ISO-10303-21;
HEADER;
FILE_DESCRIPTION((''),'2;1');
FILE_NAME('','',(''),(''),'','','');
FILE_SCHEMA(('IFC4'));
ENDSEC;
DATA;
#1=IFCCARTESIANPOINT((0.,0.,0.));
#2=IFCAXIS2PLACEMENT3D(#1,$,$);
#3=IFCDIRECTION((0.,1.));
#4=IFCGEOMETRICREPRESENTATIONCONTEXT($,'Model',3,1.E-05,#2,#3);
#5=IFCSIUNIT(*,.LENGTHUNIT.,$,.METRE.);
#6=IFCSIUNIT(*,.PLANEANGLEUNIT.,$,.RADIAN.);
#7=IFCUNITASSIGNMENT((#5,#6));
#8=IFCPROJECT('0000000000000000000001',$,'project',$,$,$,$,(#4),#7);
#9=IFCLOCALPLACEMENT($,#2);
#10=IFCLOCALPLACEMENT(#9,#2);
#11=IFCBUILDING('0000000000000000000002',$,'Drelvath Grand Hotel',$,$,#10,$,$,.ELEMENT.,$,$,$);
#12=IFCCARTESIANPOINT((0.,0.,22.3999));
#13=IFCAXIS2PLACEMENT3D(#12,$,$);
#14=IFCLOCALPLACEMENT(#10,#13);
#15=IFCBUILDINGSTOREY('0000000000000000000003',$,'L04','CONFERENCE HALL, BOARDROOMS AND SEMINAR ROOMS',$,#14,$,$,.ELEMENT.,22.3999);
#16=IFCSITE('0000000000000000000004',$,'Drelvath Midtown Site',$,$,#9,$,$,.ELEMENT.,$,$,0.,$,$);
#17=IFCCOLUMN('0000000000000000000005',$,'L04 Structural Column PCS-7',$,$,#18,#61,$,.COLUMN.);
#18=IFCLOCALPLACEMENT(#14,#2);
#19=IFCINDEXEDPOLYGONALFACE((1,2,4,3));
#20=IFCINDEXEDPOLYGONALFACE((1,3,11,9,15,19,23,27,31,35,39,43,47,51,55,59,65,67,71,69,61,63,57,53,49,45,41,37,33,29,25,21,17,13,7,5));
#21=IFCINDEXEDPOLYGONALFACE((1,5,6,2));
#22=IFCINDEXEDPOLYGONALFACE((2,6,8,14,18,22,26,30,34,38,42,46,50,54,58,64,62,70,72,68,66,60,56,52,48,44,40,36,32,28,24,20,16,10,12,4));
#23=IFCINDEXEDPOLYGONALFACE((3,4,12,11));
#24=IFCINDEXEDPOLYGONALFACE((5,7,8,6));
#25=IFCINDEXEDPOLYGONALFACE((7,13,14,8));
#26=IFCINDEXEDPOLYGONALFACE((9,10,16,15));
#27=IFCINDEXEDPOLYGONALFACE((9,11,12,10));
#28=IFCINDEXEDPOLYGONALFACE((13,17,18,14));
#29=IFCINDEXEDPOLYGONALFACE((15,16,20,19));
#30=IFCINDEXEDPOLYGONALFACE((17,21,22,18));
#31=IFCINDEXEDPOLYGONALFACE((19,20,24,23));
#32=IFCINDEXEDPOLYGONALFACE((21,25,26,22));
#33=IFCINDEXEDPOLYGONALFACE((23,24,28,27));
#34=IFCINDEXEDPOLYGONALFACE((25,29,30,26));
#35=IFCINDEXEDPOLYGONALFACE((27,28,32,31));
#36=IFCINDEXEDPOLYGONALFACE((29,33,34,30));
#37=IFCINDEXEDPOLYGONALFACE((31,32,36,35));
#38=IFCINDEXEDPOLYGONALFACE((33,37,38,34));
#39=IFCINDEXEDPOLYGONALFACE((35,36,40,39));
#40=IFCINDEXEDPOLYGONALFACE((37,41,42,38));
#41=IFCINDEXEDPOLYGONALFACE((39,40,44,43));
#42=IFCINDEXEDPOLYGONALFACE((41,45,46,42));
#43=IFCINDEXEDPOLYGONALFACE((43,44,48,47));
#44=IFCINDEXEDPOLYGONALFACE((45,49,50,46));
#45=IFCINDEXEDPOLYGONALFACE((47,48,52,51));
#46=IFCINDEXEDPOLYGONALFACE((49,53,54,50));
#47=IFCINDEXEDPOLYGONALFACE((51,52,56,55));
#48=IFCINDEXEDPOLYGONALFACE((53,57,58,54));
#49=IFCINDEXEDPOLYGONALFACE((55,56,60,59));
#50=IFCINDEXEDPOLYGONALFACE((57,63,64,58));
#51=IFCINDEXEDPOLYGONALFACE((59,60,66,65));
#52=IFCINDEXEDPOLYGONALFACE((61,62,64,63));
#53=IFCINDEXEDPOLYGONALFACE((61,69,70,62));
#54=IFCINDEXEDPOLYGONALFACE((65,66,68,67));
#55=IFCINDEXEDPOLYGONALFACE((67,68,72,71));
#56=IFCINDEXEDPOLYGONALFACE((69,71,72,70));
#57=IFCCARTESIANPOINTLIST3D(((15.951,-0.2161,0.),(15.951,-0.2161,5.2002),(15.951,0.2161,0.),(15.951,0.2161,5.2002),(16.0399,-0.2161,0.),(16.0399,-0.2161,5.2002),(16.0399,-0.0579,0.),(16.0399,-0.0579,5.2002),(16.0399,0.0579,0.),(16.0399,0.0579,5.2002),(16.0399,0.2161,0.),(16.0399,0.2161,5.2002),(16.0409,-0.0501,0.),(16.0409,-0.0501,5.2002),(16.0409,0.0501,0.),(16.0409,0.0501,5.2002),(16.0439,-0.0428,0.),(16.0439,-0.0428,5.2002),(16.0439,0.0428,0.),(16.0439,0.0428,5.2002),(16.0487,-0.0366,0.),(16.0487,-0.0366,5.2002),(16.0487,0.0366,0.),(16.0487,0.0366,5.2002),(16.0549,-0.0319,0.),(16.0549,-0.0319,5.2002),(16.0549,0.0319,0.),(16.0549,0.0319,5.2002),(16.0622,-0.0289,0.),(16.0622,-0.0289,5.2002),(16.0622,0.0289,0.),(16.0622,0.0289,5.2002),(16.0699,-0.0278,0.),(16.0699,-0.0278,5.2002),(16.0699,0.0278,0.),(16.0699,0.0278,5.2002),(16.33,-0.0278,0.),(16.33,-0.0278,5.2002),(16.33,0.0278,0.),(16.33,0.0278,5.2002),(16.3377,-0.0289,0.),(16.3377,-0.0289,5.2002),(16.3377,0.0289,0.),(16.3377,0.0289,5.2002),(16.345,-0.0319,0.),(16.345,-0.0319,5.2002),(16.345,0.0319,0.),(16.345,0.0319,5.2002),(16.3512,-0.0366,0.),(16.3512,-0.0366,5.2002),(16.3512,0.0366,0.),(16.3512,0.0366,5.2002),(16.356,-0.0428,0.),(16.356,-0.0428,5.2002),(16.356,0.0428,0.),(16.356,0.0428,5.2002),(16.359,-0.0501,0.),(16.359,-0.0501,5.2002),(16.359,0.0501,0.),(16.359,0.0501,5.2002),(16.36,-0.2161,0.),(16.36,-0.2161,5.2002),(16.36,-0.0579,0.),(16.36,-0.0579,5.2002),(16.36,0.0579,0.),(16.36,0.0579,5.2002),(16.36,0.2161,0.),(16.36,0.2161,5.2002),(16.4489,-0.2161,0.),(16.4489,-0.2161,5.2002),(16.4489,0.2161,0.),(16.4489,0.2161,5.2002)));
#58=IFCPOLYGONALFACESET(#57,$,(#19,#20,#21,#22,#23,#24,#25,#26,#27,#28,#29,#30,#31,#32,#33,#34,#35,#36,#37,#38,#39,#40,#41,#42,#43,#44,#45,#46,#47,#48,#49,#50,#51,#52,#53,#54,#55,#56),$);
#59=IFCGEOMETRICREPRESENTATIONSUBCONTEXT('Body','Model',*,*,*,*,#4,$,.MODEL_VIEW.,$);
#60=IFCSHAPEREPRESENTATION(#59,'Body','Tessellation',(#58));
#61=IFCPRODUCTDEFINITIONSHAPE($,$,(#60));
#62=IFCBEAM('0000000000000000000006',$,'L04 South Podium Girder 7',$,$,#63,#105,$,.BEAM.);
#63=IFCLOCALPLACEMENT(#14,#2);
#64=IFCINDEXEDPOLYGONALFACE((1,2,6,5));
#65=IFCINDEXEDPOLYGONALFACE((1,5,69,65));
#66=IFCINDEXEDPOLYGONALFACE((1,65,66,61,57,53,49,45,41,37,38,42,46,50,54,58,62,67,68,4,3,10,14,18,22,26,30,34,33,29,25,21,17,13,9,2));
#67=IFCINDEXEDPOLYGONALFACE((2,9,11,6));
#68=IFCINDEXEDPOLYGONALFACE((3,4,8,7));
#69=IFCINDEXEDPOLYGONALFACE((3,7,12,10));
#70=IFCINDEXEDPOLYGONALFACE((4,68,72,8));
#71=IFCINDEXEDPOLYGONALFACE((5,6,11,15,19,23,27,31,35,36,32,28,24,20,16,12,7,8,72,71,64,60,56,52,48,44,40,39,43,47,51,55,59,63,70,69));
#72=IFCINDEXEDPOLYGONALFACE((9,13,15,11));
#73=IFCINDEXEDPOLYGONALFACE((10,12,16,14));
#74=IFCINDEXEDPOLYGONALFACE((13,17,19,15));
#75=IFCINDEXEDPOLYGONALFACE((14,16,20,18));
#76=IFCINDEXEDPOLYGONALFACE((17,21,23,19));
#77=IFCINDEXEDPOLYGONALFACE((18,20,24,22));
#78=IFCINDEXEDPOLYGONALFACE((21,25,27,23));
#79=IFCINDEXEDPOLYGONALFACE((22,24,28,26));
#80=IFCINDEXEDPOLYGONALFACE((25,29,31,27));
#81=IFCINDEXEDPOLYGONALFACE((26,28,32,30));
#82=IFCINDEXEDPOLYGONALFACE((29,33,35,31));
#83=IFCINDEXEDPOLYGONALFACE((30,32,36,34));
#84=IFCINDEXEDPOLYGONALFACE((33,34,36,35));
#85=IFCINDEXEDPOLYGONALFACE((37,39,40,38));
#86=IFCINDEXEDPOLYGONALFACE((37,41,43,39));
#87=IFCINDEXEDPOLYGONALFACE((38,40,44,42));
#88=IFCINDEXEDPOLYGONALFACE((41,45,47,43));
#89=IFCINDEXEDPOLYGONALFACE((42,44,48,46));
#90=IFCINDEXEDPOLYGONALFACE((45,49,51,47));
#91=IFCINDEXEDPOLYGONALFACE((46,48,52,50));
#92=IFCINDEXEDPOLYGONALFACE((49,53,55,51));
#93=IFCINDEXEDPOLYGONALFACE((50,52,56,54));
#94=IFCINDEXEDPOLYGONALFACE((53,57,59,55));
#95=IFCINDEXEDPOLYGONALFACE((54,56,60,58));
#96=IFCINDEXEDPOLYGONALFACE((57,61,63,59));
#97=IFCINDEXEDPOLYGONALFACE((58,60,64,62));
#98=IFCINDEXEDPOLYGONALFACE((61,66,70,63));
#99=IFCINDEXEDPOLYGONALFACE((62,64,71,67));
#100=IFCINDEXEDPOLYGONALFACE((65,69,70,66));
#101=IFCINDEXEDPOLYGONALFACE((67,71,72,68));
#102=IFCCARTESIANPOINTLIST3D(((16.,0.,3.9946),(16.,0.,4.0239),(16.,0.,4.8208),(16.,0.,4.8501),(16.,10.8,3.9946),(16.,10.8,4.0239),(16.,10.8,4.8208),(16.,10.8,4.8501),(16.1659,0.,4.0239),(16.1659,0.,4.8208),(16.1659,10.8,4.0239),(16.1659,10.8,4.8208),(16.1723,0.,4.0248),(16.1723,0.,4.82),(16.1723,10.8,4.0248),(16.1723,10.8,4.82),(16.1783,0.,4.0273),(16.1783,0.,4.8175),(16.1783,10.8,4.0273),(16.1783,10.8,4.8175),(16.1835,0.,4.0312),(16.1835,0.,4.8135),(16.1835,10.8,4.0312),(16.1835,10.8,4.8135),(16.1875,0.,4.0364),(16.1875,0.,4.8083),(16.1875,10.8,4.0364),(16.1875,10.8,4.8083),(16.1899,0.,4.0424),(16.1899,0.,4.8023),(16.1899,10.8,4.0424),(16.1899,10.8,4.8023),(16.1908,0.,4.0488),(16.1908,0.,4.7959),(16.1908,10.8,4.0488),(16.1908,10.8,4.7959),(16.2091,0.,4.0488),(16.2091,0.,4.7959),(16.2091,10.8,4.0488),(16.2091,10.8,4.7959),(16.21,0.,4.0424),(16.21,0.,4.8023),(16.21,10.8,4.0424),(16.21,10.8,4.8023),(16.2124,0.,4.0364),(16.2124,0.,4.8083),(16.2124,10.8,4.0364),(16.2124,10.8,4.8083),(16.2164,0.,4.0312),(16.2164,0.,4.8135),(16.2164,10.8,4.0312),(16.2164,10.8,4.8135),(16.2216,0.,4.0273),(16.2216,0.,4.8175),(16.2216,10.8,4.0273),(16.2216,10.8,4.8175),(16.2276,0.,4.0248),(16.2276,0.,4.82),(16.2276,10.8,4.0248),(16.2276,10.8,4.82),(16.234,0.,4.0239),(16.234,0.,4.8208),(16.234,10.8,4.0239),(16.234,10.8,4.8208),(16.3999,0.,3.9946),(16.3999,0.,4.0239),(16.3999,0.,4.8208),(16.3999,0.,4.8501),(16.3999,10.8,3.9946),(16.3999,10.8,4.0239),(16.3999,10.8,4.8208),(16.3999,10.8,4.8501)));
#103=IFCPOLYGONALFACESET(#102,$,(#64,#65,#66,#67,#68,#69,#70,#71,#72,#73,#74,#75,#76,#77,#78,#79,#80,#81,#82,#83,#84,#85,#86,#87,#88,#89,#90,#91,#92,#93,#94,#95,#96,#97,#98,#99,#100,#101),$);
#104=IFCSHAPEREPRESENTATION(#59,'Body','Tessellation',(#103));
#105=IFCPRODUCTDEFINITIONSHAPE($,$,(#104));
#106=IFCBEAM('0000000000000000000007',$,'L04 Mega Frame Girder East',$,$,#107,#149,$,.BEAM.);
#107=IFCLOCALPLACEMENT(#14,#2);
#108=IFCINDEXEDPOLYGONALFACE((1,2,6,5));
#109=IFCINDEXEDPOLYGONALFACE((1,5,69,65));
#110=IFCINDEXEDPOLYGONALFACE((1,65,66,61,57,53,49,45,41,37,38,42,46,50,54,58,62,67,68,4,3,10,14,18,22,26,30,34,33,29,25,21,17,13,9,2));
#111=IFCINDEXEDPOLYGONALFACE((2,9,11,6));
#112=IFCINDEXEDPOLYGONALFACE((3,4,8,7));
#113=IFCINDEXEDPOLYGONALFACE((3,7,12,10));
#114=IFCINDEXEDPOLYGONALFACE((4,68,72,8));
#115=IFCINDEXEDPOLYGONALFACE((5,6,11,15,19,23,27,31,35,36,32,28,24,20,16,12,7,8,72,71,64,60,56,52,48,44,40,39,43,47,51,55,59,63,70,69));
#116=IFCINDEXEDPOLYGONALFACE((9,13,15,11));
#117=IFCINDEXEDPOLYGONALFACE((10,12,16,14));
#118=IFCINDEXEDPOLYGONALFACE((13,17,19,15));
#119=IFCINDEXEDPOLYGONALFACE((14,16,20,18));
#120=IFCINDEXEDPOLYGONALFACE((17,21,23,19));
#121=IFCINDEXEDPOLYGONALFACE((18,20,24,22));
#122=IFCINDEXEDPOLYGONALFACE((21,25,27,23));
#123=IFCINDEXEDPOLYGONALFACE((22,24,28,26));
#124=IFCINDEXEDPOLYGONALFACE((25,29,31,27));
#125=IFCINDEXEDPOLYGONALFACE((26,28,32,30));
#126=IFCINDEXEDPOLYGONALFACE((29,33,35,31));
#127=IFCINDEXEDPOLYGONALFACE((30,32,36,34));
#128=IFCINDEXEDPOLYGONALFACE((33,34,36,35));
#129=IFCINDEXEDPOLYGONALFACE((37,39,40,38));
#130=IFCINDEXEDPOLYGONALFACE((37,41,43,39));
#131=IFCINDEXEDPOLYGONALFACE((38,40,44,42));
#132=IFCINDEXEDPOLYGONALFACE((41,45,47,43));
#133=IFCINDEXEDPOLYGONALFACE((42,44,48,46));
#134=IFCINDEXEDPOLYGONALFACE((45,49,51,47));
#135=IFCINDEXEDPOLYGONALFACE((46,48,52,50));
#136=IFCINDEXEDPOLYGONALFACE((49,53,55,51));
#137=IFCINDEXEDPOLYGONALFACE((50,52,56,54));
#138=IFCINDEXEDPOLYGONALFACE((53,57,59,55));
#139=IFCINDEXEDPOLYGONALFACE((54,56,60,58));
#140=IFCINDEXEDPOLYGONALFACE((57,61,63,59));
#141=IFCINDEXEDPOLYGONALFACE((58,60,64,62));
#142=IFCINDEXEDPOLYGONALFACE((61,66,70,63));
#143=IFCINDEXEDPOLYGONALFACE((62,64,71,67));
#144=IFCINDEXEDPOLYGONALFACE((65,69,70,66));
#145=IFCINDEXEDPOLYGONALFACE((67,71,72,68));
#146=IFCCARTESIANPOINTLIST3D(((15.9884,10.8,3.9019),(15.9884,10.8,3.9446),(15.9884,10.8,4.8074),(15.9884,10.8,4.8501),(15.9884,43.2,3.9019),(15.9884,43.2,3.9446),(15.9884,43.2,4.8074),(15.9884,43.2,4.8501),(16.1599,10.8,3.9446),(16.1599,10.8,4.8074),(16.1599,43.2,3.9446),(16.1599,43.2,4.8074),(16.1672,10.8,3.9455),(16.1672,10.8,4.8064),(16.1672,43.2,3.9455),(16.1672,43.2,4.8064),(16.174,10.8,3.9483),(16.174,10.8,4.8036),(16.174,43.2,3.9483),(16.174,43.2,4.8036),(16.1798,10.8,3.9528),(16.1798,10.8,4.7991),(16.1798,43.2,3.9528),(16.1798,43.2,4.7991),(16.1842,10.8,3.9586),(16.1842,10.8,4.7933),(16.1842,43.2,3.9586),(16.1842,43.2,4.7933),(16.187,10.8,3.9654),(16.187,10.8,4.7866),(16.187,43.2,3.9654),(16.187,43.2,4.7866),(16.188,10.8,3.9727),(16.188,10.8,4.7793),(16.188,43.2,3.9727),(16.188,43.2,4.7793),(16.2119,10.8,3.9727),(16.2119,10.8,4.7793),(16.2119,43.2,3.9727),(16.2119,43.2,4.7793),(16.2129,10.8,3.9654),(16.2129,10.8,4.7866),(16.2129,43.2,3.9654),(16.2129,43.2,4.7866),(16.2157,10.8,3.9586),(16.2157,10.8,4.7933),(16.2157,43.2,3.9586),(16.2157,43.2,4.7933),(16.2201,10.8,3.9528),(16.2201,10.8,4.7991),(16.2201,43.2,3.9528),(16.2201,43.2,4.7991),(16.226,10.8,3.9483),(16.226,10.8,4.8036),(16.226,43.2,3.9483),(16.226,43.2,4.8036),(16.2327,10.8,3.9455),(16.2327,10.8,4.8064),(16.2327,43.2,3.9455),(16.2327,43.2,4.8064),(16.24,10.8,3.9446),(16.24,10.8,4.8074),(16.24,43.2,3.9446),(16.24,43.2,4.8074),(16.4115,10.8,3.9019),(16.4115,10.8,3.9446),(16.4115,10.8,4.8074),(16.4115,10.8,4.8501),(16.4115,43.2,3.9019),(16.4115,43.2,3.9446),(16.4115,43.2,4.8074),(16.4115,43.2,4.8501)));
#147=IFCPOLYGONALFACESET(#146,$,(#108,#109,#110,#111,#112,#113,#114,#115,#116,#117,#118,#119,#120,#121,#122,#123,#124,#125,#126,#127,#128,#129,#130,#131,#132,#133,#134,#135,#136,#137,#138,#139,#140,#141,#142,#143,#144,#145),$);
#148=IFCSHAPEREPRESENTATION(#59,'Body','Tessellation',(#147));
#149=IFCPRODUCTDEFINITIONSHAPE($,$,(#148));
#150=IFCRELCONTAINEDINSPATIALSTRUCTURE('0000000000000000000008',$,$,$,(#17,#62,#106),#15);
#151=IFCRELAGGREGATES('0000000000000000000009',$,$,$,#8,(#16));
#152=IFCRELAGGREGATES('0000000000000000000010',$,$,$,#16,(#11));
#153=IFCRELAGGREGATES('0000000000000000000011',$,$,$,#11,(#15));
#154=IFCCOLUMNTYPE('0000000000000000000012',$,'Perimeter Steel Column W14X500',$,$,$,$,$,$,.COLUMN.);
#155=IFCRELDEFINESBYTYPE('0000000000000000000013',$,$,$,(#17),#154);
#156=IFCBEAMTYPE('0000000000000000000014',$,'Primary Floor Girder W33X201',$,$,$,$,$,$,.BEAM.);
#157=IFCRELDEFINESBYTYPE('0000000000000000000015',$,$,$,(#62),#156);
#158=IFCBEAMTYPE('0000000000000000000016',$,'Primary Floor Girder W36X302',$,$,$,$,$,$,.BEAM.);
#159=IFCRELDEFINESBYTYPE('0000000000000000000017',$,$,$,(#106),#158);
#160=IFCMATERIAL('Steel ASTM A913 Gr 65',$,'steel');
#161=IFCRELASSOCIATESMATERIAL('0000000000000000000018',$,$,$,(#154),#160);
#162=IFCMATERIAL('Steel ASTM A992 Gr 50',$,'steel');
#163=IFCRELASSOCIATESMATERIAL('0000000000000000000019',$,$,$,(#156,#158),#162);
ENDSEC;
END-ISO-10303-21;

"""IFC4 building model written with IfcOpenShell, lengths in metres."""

from ifc_helpers import new_model, si_unit, direction, frame, origin, origin_2d, place, context, subcontext, project, spatial, i_section, extrude, material, material_profile, profile_set, type_object, element, save


model = new_model("IFC4")

# Units and contexts
model_context = context("Model", 3, precision=1e-05, world=origin(), true_north=direction((0.0, 1.0)))
body_context = subcontext(model_context, "Body", "Model", "MODEL_VIEW")
ifc_project = project(units=[si_unit("LENGTHUNIT", "METRE"), si_unit("PLANEANGLEUNIT", "RADIAN")], contexts=[model_context])

# Site, building, storey
site_placement = place(None, origin())
site = spatial("IfcSite", under=ifc_project, at=site_placement, Name="Drelvath Midtown Site", CompositionType="ELEMENT", RefElevation=0.0)
building_placement = place(site_placement, origin())
building = spatial("IfcBuilding", under=site, at=building_placement, Name="Drelvath Grand Hotel", CompositionType="ELEMENT")
storey_placement = place(building_placement, frame((0.0, 0.0, 22.3999)))
storey = spatial("IfcBuildingStorey", under=building, at=storey_placement, Name="L04", Description="CONFERENCE HALL, BOARDROOMS AND SEMINAR ROOMS", CompositionType="ELEMENT", Elevation=22.3999)

# Column
ifc_material_1 = material(Name="Steel ASTM A913 Gr 65", Category="steel")
ifc_material_profile_1 = material_profile(ifc_material_1, i_section(OverallWidth=0.4321, OverallDepth=0.4978, WebThickness=0.0557, FlangeThickness=0.0889, FilletRadius=0.03, at=origin_2d()), Name="W14X500")
ifc_profile_set_1 = profile_set([ifc_material_profile_1], Name="Steel ASTM A913 Gr 65")
column_type_1 = type_object("IfcColumnType", Name="Perimeter Steel Column W14X500", PredefinedType="COLUMN", material=ifc_profile_set_1)
for number, where, z_axis, x_axis, name in (
    (1, (16.2, 0.0, 0.0), (0.0, 0.0, 1.0), (0.0, 1.0, 0.0), "L04 Structural Column PCS-7"),
):
    element("IfcColumn", number, at=place(storey_placement, frame(where, z_axis=z_axis, x_axis=x_axis)), inside=storey, type_object=column_type_1, Name=name, PredefinedType="COLUMN", context=body_context, shape_type="SweptSolid", body=[
        extrude(i_section(OverallWidth=0.4321, OverallDepth=0.4978, WebThickness=0.0557, FlangeThickness=0.0889, FilletRadius=0.03, at=origin_2d()), origin(), (0.0, 0.0, 1.0), 5.2002),
    ])

# Beams
ifc_material_2 = material(Name="Steel ASTM A992 Gr 50", Category="steel")
ifc_material_profile_2 = material_profile(ifc_material_2, i_section(OverallWidth=0.3999, OverallDepth=0.8555, WebThickness=0.0183, FlangeThickness=0.0293, FilletRadius=0.0249, at=origin_2d()), Name="W33X201")
ifc_profile_set_2 = profile_set([ifc_material_profile_2], Name="Steel ASTM A992 Gr 50")
beam_type_1 = type_object("IfcBeamType", Name="Primary Floor Girder W33X201", PredefinedType="BEAM", material=ifc_profile_set_2)
beam_1_placement = place(storey_placement, frame((16.2, 0.0, 4.4224), z_axis=(0.0, 1.0, 0.0), x_axis=(-1.0, 0.0, 0.0)))
element("IfcBeam", 2, at=beam_1_placement, inside=storey, type_object=beam_type_1, Name="L04 South Podium Girder 7", PredefinedType="BEAM", context=body_context, shape_type="SweptSolid", body=[
    extrude(i_section(OverallWidth=0.3999, OverallDepth=0.8555, WebThickness=0.0183, FlangeThickness=0.0293, FilletRadius=0.0249, at=origin_2d()), origin(), (0.0, 0.0, 1.0), 10.8),
])
ifc_material_profile_3 = material_profile(ifc_material_2, i_section(OverallWidth=0.4231, OverallDepth=0.9482, WebThickness=0.0239, FlangeThickness=0.0427, FilletRadius=0.0281, at=origin_2d()), Name="W36X302")
ifc_profile_set_3 = profile_set([ifc_material_profile_3], Name="Steel ASTM A992 Gr 50")
beam_type_2 = type_object("IfcBeamType", Name="Primary Floor Girder W36X302", PredefinedType="BEAM", material=ifc_profile_set_3)
beam_2_placement = place(storey_placement, frame((16.2, 10.8, 4.376), z_axis=(0.0, 1.0, 0.0), x_axis=(-1.0, 0.0, 0.0)))
element("IfcBeam", 3, at=beam_2_placement, inside=storey, type_object=beam_type_2, Name="L04 Mega Frame Girder East", PredefinedType="BEAM", context=body_context, shape_type="SweptSolid", body=[
    extrude(i_section(OverallWidth=0.4231, OverallDepth=0.9482, WebThickness=0.0239, FlangeThickness=0.0427, FilletRadius=0.0281, at=origin_2d()), origin(), (0.0, 0.0, 1.0), 32.3999),
])

save(model, "model.ifc")
